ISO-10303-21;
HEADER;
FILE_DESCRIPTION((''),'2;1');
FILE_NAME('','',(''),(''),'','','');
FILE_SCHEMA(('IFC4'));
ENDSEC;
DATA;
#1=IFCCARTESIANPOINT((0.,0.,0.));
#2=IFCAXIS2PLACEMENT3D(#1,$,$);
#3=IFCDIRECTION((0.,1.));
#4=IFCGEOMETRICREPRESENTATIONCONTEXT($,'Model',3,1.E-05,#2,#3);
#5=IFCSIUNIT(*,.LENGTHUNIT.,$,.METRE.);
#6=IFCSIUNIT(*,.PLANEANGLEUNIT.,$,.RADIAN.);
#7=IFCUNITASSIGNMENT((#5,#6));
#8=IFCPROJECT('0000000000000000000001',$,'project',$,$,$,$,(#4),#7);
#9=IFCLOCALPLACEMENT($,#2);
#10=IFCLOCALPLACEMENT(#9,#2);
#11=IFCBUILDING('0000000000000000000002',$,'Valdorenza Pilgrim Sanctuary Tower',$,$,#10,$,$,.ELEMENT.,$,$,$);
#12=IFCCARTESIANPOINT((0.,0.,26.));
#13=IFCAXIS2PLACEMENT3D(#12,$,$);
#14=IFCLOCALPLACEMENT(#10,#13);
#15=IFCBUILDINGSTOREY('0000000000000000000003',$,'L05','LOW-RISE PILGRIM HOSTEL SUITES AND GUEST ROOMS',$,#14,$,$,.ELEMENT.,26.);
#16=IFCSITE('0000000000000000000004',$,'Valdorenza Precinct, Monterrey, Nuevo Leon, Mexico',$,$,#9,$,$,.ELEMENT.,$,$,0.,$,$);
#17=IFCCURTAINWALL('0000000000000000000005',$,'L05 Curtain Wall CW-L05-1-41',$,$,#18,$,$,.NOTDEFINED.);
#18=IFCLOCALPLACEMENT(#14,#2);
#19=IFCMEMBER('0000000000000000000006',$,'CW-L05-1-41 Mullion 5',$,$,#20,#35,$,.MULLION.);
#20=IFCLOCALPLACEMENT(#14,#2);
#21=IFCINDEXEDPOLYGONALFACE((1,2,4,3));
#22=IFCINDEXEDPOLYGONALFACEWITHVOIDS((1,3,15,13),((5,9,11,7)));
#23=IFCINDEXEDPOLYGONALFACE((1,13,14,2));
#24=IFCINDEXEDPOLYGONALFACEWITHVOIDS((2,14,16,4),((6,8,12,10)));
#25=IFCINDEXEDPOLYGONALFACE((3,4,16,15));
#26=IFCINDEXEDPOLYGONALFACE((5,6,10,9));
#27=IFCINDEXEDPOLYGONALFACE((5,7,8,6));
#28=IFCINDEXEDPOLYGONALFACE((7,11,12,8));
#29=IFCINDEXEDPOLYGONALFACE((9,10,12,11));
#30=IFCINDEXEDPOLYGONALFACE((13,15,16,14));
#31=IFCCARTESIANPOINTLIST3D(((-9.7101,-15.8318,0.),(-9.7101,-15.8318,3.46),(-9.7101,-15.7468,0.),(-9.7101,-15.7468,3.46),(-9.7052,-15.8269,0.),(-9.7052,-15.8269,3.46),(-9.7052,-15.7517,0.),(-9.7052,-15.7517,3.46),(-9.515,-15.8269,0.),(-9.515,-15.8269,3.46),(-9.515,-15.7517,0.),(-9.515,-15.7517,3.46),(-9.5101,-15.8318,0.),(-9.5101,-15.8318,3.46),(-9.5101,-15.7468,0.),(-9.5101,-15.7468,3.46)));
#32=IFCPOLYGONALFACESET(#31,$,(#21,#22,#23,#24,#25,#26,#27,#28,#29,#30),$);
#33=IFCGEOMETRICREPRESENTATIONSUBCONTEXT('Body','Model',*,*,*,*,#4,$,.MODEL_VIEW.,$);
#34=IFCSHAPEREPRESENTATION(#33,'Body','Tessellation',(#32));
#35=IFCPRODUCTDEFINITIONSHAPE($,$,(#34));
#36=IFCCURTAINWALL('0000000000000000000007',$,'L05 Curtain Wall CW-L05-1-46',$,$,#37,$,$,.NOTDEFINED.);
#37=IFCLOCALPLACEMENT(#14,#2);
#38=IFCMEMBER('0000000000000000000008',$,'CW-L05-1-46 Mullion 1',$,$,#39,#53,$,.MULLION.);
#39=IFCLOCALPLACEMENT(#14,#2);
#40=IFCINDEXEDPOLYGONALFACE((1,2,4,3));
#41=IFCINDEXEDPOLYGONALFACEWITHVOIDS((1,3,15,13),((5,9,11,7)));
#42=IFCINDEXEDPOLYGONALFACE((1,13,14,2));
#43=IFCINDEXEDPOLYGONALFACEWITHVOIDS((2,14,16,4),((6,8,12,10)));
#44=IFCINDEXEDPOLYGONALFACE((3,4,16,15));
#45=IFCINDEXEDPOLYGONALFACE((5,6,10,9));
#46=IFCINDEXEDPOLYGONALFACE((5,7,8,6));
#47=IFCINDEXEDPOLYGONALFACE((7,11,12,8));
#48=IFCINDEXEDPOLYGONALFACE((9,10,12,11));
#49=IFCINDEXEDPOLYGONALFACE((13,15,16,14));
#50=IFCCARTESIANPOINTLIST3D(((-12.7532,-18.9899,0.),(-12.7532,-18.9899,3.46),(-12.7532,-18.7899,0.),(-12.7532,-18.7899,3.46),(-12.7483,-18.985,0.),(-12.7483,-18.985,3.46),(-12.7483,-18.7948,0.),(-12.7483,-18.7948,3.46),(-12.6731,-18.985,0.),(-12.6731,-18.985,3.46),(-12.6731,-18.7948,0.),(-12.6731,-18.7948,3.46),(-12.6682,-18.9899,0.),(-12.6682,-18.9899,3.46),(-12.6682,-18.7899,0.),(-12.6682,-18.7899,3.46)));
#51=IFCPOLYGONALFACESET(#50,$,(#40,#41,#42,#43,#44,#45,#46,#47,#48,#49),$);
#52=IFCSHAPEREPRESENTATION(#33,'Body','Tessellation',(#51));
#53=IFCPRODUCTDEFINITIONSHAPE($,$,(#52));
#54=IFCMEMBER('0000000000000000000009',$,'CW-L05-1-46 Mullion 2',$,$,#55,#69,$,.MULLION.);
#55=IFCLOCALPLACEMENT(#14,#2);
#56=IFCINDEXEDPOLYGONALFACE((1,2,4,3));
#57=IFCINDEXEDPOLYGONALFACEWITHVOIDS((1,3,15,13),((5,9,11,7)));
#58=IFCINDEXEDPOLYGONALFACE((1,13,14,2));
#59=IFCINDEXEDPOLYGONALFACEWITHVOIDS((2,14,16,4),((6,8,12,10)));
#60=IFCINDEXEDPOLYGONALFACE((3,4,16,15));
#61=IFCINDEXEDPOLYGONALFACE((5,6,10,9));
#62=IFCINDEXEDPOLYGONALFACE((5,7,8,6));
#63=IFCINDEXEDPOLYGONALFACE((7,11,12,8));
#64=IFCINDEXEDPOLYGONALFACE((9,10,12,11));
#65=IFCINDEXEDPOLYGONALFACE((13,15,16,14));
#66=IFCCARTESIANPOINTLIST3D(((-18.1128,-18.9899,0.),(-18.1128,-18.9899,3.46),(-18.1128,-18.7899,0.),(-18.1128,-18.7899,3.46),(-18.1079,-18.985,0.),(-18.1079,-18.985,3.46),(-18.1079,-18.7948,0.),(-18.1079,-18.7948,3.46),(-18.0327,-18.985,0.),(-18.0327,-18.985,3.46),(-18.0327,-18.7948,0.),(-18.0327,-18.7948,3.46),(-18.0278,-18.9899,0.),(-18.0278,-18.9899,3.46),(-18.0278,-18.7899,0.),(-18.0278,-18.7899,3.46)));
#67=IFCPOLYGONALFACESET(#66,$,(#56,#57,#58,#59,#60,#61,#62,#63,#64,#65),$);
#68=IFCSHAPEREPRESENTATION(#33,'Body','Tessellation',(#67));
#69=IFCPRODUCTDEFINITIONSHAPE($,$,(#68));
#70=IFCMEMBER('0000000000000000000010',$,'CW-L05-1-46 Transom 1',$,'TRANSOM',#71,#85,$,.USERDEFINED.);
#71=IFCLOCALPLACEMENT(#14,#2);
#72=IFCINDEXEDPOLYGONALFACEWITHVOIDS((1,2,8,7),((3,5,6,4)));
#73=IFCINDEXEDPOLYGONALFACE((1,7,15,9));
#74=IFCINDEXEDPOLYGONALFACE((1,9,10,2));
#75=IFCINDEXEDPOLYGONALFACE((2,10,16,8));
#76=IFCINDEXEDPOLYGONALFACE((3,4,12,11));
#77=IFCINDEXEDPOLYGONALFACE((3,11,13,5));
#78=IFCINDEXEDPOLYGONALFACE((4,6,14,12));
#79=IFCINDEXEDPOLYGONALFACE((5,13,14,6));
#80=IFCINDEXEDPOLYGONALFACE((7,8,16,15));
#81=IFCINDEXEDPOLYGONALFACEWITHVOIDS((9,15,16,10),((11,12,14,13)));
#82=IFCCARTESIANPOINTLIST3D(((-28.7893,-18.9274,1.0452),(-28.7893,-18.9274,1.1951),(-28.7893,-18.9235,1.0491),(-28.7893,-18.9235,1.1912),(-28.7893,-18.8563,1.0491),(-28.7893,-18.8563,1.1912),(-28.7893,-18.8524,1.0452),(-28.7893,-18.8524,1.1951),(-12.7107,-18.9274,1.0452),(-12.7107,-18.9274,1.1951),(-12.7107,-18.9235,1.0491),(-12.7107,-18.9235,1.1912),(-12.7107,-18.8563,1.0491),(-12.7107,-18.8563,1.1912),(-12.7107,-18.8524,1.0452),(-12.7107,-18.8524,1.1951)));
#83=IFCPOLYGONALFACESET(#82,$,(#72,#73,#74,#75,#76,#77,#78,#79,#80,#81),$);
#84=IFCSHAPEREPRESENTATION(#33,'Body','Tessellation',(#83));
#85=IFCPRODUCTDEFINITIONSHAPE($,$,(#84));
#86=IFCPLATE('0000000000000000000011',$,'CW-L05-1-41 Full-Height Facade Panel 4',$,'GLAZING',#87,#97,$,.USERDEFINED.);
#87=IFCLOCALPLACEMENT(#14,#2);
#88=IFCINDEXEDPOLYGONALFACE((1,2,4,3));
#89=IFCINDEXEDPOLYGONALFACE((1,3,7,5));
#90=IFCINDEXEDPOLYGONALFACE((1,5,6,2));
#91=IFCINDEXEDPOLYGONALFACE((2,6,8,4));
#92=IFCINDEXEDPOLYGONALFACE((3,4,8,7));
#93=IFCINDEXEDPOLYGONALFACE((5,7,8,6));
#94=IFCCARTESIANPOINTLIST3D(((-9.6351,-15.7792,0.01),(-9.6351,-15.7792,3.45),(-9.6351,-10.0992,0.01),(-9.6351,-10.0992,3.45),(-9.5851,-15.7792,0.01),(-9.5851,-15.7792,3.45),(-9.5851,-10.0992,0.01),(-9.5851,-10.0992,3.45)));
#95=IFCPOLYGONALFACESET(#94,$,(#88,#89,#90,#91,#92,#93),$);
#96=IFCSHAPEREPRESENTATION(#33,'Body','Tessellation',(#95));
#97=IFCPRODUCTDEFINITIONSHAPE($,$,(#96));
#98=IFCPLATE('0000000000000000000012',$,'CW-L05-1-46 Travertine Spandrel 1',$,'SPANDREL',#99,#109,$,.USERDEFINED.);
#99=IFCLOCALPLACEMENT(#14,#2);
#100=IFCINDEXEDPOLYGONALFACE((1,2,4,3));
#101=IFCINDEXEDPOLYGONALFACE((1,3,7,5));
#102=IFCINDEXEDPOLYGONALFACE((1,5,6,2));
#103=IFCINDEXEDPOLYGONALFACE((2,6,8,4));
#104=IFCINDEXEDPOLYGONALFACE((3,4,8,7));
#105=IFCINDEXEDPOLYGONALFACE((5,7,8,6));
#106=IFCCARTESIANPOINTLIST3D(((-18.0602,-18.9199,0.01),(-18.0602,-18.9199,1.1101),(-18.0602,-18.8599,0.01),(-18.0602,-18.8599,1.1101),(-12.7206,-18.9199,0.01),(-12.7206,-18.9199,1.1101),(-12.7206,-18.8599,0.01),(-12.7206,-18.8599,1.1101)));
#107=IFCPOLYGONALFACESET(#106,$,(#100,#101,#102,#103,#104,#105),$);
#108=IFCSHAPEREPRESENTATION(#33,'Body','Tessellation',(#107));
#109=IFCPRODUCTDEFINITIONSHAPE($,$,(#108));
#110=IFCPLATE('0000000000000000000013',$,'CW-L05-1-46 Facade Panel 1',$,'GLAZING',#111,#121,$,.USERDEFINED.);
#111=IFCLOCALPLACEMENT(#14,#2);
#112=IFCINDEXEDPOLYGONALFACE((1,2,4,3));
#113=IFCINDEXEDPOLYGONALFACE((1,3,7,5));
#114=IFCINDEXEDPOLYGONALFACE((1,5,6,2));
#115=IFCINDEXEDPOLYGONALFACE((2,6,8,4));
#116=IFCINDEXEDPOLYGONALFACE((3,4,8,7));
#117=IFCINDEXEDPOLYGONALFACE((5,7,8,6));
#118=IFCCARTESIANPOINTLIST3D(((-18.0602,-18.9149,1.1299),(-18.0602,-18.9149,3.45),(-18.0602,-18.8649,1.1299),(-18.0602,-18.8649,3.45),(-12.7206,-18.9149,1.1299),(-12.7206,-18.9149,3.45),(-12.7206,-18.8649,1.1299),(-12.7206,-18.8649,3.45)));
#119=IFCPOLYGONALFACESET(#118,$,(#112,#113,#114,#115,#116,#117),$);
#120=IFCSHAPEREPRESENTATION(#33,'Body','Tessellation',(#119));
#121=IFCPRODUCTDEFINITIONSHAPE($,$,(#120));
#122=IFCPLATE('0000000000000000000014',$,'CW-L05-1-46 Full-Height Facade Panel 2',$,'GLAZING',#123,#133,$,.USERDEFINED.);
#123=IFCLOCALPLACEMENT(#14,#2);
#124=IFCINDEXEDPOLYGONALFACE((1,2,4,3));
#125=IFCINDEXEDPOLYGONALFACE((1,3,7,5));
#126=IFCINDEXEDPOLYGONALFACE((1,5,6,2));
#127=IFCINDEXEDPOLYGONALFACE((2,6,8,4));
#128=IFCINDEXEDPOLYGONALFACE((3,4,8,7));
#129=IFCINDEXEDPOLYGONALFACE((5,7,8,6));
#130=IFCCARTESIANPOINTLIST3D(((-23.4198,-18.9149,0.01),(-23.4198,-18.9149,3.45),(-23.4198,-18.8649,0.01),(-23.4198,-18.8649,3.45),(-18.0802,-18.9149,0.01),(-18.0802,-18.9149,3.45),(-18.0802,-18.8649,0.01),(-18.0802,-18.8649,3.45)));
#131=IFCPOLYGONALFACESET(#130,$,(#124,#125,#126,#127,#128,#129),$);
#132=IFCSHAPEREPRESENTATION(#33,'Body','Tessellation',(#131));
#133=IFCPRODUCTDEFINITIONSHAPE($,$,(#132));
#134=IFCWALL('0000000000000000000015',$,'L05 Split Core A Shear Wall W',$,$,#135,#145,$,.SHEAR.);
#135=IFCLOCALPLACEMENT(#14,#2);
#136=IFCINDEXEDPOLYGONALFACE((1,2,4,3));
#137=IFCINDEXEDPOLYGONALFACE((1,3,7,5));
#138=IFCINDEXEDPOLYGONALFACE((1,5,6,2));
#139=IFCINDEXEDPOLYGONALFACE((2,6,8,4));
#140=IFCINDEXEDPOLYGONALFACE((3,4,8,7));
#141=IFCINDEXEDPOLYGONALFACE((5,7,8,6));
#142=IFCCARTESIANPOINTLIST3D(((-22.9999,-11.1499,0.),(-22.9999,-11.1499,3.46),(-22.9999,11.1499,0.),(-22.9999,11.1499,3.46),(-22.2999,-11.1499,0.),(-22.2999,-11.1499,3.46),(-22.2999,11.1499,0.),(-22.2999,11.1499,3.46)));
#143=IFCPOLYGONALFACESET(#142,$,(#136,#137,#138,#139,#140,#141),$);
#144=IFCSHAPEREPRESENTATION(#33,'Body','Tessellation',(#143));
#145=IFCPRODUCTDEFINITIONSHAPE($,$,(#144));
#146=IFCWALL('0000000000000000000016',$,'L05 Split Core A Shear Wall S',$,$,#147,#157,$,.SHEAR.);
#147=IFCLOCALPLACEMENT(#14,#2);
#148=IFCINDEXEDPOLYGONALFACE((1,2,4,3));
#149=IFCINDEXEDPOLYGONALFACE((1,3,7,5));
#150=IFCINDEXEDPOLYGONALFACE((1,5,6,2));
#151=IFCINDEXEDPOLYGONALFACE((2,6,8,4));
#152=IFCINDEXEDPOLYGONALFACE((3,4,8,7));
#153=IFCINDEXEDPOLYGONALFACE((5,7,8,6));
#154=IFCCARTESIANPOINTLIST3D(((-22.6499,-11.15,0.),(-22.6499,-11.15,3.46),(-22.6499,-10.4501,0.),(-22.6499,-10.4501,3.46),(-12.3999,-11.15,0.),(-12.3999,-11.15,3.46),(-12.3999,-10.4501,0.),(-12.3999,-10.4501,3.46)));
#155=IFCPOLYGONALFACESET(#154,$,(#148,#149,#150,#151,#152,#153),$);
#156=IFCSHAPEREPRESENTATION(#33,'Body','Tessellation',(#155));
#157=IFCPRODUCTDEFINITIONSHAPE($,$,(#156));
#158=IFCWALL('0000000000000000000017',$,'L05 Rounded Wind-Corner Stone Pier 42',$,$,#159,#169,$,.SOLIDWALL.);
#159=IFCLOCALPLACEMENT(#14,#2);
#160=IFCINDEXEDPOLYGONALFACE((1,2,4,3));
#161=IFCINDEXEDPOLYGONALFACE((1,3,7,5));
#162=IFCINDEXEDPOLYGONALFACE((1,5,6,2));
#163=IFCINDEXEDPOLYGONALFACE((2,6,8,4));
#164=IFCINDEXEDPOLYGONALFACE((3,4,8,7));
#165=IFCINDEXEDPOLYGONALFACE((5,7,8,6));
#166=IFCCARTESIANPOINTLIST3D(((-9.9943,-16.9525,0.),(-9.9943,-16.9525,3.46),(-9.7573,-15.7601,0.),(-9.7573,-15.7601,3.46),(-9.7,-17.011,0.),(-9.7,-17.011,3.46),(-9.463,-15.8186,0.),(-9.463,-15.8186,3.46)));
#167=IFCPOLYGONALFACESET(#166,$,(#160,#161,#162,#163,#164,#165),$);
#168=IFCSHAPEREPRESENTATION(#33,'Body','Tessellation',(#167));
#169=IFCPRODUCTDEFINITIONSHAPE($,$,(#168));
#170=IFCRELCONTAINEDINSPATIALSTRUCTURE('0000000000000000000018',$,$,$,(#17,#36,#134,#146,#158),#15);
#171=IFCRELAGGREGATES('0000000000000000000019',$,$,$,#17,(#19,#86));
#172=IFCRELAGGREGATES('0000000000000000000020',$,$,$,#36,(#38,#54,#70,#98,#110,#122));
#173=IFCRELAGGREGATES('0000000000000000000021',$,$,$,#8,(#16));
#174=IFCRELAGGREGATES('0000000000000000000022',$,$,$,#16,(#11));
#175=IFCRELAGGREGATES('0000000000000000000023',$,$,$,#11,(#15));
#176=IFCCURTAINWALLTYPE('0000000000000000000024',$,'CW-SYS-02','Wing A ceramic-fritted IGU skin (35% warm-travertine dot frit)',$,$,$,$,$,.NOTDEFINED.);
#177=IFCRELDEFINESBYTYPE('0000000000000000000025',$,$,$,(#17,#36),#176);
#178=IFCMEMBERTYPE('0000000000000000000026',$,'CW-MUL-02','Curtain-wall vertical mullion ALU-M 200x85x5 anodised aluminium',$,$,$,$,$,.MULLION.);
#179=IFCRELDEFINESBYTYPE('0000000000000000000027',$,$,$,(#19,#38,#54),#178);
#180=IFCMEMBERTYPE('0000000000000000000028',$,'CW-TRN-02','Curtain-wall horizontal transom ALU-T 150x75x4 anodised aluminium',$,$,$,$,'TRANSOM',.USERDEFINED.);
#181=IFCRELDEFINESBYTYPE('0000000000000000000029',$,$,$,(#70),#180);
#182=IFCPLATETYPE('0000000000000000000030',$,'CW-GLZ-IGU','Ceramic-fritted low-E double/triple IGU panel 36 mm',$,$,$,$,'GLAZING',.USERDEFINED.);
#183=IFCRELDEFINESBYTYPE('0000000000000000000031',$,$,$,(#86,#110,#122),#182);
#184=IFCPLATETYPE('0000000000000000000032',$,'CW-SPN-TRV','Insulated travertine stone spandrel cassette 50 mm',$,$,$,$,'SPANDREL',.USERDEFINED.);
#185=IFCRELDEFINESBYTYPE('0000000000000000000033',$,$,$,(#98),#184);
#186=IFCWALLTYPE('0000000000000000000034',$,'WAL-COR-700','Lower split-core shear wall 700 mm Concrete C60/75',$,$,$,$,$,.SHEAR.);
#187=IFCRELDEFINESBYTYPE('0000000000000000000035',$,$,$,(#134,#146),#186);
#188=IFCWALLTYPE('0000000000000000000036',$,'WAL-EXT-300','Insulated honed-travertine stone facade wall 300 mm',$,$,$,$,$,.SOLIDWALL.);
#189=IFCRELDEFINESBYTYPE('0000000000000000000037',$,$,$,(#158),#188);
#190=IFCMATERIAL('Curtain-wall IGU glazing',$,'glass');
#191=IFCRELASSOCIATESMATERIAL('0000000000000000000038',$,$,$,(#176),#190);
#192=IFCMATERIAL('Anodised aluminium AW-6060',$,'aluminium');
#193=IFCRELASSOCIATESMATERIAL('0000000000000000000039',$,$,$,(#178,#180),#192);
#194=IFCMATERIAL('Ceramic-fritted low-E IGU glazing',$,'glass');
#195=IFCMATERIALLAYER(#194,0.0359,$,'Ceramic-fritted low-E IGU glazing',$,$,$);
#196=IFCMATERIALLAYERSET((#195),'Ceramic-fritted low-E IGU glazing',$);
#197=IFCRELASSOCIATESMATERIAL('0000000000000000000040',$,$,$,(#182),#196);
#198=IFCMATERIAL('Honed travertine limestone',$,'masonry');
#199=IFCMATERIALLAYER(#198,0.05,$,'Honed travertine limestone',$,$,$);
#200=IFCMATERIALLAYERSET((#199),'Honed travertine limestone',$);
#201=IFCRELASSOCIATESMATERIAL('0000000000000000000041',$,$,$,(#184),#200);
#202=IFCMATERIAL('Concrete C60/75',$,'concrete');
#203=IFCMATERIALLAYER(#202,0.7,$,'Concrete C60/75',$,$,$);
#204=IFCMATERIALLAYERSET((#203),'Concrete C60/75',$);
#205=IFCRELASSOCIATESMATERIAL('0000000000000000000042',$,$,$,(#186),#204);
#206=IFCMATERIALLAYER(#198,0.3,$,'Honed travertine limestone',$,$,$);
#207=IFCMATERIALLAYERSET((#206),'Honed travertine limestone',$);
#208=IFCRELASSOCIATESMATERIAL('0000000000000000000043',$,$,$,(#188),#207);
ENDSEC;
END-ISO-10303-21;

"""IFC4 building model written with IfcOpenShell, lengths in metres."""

from ifc_helpers import new_model, si_unit, direction, frame, frame_2d, origin, origin_2d, place, context, subcontext, project, spatial, rectangle, hollow_rectangle, extrude, source, transform, mapped, material, layer, layer_set, material_profile, profile_set, type_object, element, aggregate, save


model = new_model("IFC4")

# Units and contexts
model_context = context("Model", 3, precision=1e-05, world=origin(), true_north=direction((0.0, 1.0)))
body_context = subcontext(model_context, "Body", "Model", "MODEL_VIEW")
ifc_project = project(units=[si_unit("LENGTHUNIT", "METRE"), si_unit("PLANEANGLEUNIT", "RADIAN")], contexts=[model_context])

# Site, building, storey
site_placement = place(None, origin())
site = spatial("IfcSite", under=ifc_project, at=site_placement, Name="Valdorenza Precinct, Monterrey, Nuevo Leon, Mexico", CompositionType="ELEMENT", RefElevation=0.0)
building_placement = place(site_placement, origin())
building = spatial("IfcBuilding", under=site, at=building_placement, Name="Valdorenza Pilgrim Sanctuary Tower", CompositionType="ELEMENT")
storey_placement = place(building_placement, frame((0.0, 0.0, 26.0)))
storey = spatial("IfcBuildingStorey", under=building, at=storey_placement, Name="L05", Description="LOW-RISE PILGRIM HOSTEL SUITES AND GUEST ROOMS", CompositionType="ELEMENT", Elevation=26.0)

# Shared definitions
ifc_material_1 = material(Name="Concrete C60/75", Category="concrete")

# Curtain wall, member
ifc_material_2 = material(Name="Curtain-wall IGU glazing", Category="glass")
curtain_wall_type = type_object("IfcCurtainWallType", Name="CW-SYS-02", Description="Wing A ceramic-fritted IGU skin (35% warm-travertine dot frit)", PredefinedType="NOTDEFINED", material=ifc_material_2)
curtain_wall_1_placement = place(storey_placement, origin())
curtain_wall_1 = element("IfcCurtainWall", 1, at=curtain_wall_1_placement, inside=storey, type_object=curtain_wall_type, Name="L05 Curtain Wall CW-L05-1-41", PredefinedType="NOTDEFINED")
ifc_material_3 = material(Name="Anodised aluminium AW-6060", Category="aluminium")
ifc_material_profile_1 = material_profile(ifc_material_3, hollow_rectangle(XDim=0.085, YDim=0.2, WallThickness=0.0049, at=origin_2d()), Name="ALU-M 200x85x5")
ifc_profile_set_1 = profile_set([ifc_material_profile_1], Name="Anodised aluminium AW-6060")
member_type_1 = type_object("IfcMemberType", Name="CW-MUL-02", Description="Curtain-wall vertical mullion ALU-M 200x85x5 anodised aluminium", PredefinedType="MULLION", material=ifc_profile_set_1)
shared_shape_1 = source(origin(), body_context, "Body", "SweptSolid", [
    extrude(hollow_rectangle(XDim=0.085, YDim=0.2, WallThickness=0.0049, at=origin_2d()), origin(), (0.0, 0.0, 1.0), 3.46),
])
member_1_placement = place(storey_placement, frame((-9.6101, -15.7893, 0.0), z_axis=(0.0, 0.0, 1.0), x_axis=(0.0, -1.0, 0.0)))
member_1 = element("IfcMember", 2, at=member_1_placement, type_object=member_type_1, Name="CW-L05-1-41 Mullion 5", PredefinedType="MULLION", context=body_context, shape_type="MappedRepresentation", body=[
    mapped(shared_shape_1, transform((0.0, 0.0, 0.0), x_axis=(1.0, 0.0, 0.0), y_axis=(0.0, 1.0, 0.0), z_axis=(0.0, 0.0, 1.0), scale=1.0)),
])

# Curtain wall, members
curtain_wall_2_placement = place(storey_placement, origin())
curtain_wall_2 = element("IfcCurtainWall", 3, at=curtain_wall_2_placement, inside=storey, type_object=curtain_wall_type, Name="L05 Curtain Wall CW-L05-1-46", PredefinedType="NOTDEFINED")
member_2_placement = place(storey_placement, frame((-12.7107, -18.8899, 0.0), z_axis=(0.0, 0.0, 1.0), x_axis=(-1.0, 0.0, 0.0)))
member_2 = element("IfcMember", 4, at=member_2_placement, type_object=member_type_1, Name="CW-L05-1-46 Mullion 1", PredefinedType="MULLION", context=body_context, shape_type="MappedRepresentation", body=[
    mapped(shared_shape_1, transform((0.0, 0.0, 0.0), x_axis=(1.0, 0.0, 0.0), y_axis=(0.0, 1.0, 0.0), z_axis=(0.0, 0.0, 1.0), scale=1.0)),
])
member_3_placement = place(storey_placement, frame((-18.0703, -18.8899, 0.0), z_axis=(0.0, 0.0, 1.0), x_axis=(-1.0, 0.0, 0.0)))
member_3 = element("IfcMember", 5, at=member_3_placement, type_object=member_type_1, Name="CW-L05-1-46 Mullion 2", PredefinedType="MULLION", context=body_context, shape_type="MappedRepresentation", body=[
    mapped(shared_shape_1, transform((0.0, 0.0, 0.0), x_axis=(1.0, 0.0, 0.0), y_axis=(0.0, 1.0, 0.0), z_axis=(0.0, 0.0, 1.0), scale=1.0)),
])
ifc_material_profile_2 = material_profile(ifc_material_3, hollow_rectangle(XDim=0.075, YDim=0.1499, WallThickness=0.0039, at=origin_2d()), Name="ALU-T 150x75x4")
ifc_profile_set_2 = profile_set([ifc_material_profile_2], Name="Anodised aluminium AW-6060")
member_type_2 = type_object("IfcMemberType", Name="CW-TRN-02", Description="Curtain-wall horizontal transom ALU-T 150x75x4 anodised aluminium", ElementType="TRANSOM", PredefinedType="USERDEFINED", material=ifc_profile_set_2)
shared_shape_2 = source(origin(), body_context, "Body", "SweptSolid", [
    extrude(hollow_rectangle(XDim=0.075, YDim=0.1499, WallThickness=0.0039, at=origin_2d()), origin(), (0.0, 0.0, 1.0), 16.0786),
])
member_4_placement = place(storey_placement, frame((-12.7107, -18.8899, 1.1201), z_axis=(-1.0, 0.0, 0.0), x_axis=(0.0, -1.0, 0.0)))
member_4 = element("IfcMember", 6, at=member_4_placement, type_object=member_type_2, Name="CW-L05-1-46 Transom 1", ObjectType="TRANSOM", PredefinedType="USERDEFINED", context=body_context, shape_type="MappedRepresentation", body=[
    mapped(shared_shape_2, transform((0.0, 0.0, 0.0), x_axis=(1.0, 0.0, 0.0), y_axis=(0.0, 1.0, 0.0), z_axis=(0.0, 0.0, 1.0), scale=1.0)),
])

# Plates
ifc_material_4 = material(Name="Ceramic-fritted low-E IGU glazing", Category="glass")
ifc_layer_1 = layer(ifc_material_4, 0.0359, Name="Ceramic-fritted low-E IGU glazing")
ifc_layer_set_1 = layer_set([ifc_layer_1], Name="Ceramic-fritted low-E IGU glazing")
plate_type_1 = type_object("IfcPlateType", Name="CW-GLZ-IGU", Description="Ceramic-fritted low-E double/triple IGU panel 36 mm", ElementType="GLAZING", PredefinedType="USERDEFINED", material=ifc_layer_set_1)
shared_shape_3 = source(origin(), body_context, "Body", "SweptSolid", [
    extrude(rectangle(XDim=5.6799, YDim=0.05, at=origin_2d()), origin(), (0.0, 0.0, 1.0), 3.4399),
])
plate_1_placement = place(storey_placement, frame((-9.6101, -12.9392, 0.01), z_axis=(0.0, 0.0, 1.0), x_axis=(0.0, -1.0, 0.0)))
plate_1 = element("IfcPlate", 7, at=plate_1_placement, type_object=plate_type_1, Name="CW-L05-1-41 Full-Height Facade Panel 4", ObjectType="GLAZING", PredefinedType="USERDEFINED", context=body_context, shape_type="MappedRepresentation", body=[
    mapped(shared_shape_3, transform((0.0, 0.0, 0.0), x_axis=(1.0, 0.0, 0.0), y_axis=(0.0, 1.0, 0.0), z_axis=(0.0, 0.0, 1.0), scale=1.0)),
])
aggregate(curtain_wall_1, [member_1, plate_1])
ifc_material_5 = material(Name="Honed travertine limestone", Category="masonry")
ifc_layer_2 = layer(ifc_material_5, 0.05, Name="Honed travertine limestone")
ifc_layer_set_2 = layer_set([ifc_layer_2], Name="Honed travertine limestone")
plate_type_2 = type_object("IfcPlateType", Name="CW-SPN-TRV", Description="Insulated travertine stone spandrel cassette 50 mm", ElementType="SPANDREL", PredefinedType="USERDEFINED", material=ifc_layer_set_2)
shared_shape_4 = source(origin(), body_context, "Body", "SweptSolid", [
    extrude(rectangle(XDim=5.3396, YDim=0.0601, at=origin_2d()), origin(), (0.0, 0.0, 1.0), 1.1001),
])
plate_2_placement = place(storey_placement, frame((-15.3904, -18.8899, 0.01), z_axis=(0.0, 0.0, 1.0), x_axis=(-1.0, 0.0, 0.0)))
plate_2 = element("IfcPlate", 8, at=plate_2_placement, type_object=plate_type_2, Name="CW-L05-1-46 Travertine Spandrel 1", ObjectType="SPANDREL", PredefinedType="USERDEFINED", context=body_context, shape_type="MappedRepresentation", body=[
    mapped(shared_shape_4, transform((0.0, 0.0, 0.0), x_axis=(1.0, 0.0, 0.0), y_axis=(0.0, 1.0, 0.0), z_axis=(0.0, 0.0, 1.0), scale=1.0)),
])
shared_shape_5 = source(origin(), body_context, "Body", "SweptSolid", [
    extrude(rectangle(XDim=5.3396, YDim=0.05, at=origin_2d()), origin(), (0.0, 0.0, 1.0), 2.3201),
])
plate_3_placement = place(storey_placement, frame((-15.3904, -18.8899, 1.1299), z_axis=(0.0, 0.0, 1.0), x_axis=(-1.0, 0.0, 0.0)))
plate_3 = element("IfcPlate", 9, at=plate_3_placement, type_object=plate_type_1, Name="CW-L05-1-46 Facade Panel 1", ObjectType="GLAZING", PredefinedType="USERDEFINED", context=body_context, shape_type="MappedRepresentation", body=[
    mapped(shared_shape_5, transform((0.0, 0.0, 0.0), x_axis=(1.0, 0.0, 0.0), y_axis=(0.0, 1.0, 0.0), z_axis=(0.0, 0.0, 1.0), scale=1.0)),
])
shared_shape_6 = source(origin(), body_context, "Body", "SweptSolid", [
    extrude(rectangle(XDim=5.3396, YDim=0.05, at=origin_2d()), origin(), (0.0, 0.0, 1.0), 3.4399),
])
plate_4_placement = place(storey_placement, frame((-20.75, -18.8899, 0.01), z_axis=(0.0, 0.0, 1.0), x_axis=(-1.0, 0.0, 0.0)))
plate_4 = element("IfcPlate", 10, at=plate_4_placement, type_object=plate_type_1, Name="CW-L05-1-46 Full-Height Facade Panel 2", ObjectType="GLAZING", PredefinedType="USERDEFINED", context=body_context, shape_type="MappedRepresentation", body=[
    mapped(shared_shape_6, transform((0.0, 0.0, 0.0), x_axis=(1.0, 0.0, 0.0), y_axis=(0.0, 1.0, 0.0), z_axis=(0.0, 0.0, 1.0), scale=1.0)),
])
aggregate(curtain_wall_2, [member_2, member_3, member_4, plate_2, plate_3, plate_4])

# Walls
ifc_layer_3 = layer(ifc_material_1, 0.7, Name="Concrete C60/75")
ifc_layer_set_3 = layer_set([ifc_layer_3], Name="Concrete C60/75")
wall_type_1 = type_object("IfcWallType", Name="WAL-COR-700", Description="Lower split-core shear wall 700 mm Concrete C60/75", PredefinedType="SHEAR", material=ifc_layer_set_3)
wall_1_placement = place(storey_placement, frame((-22.6499, -11.1499, 0.0), z_axis=(0.0, 0.0, 1.0), x_axis=(0.0, 1.0, 0.0)))
element("IfcWall", 11, at=wall_1_placement, inside=storey, type_object=wall_type_1, Name="L05 Split Core A Shear Wall W", PredefinedType="SHEAR", context=body_context, shape_type="SweptSolid", body=[
    extrude(rectangle(XDim=22.2998, YDim=0.7, at=frame_2d((11.1499, 0.0))), origin(), (0.0, 0.0, 1.0), 3.46),
])
wall_2_placement = place(storey_placement, frame((-22.6499, -10.8, 0.0), z_axis=(0.0, 0.0, 1.0), x_axis=(1.0, 0.0, 0.0)))
element("IfcWall", 12, at=wall_2_placement, inside=storey, type_object=wall_type_1, Name="L05 Split Core A Shear Wall S", PredefinedType="SHEAR", context=body_context, shape_type="SweptSolid", body=[
    extrude(rectangle(XDim=10.25, YDim=0.7, at=frame_2d((5.125, 0.0))), origin(), (0.0, 0.0, 1.0), 3.46),
])
ifc_layer_4 = layer(ifc_material_5, 0.3, Name="Honed travertine limestone")
ifc_layer_set_4 = layer_set([ifc_layer_4], Name="Honed travertine limestone")
wall_type_2 = type_object("IfcWallType", Name="WAL-EXT-300", Description="Insulated honed-travertine stone facade wall 300 mm", PredefinedType="SOLIDWALL", material=ifc_layer_set_4)
wall_3_placement = place(storey_placement, frame((-9.6101, -15.7893, 0.0), z_axis=(0.0, 0.0, 1.0), x_axis=(-0.194996, -0.980804, 0.0)))
element("IfcWall", 13, at=wall_3_placement, inside=storey, type_object=wall_type_2, Name="L05 Rounded Wind-Corner Stone Pier 42", PredefinedType="SOLIDWALL", context=body_context, shape_type="SweptSolid", body=[
    extrude(rectangle(XDim=1.2158, YDim=0.3, at=frame_2d((0.6079, 0.0))), origin(), (0.0, 0.0, 1.0), 3.46),
])

save(model, "model.ifc")
